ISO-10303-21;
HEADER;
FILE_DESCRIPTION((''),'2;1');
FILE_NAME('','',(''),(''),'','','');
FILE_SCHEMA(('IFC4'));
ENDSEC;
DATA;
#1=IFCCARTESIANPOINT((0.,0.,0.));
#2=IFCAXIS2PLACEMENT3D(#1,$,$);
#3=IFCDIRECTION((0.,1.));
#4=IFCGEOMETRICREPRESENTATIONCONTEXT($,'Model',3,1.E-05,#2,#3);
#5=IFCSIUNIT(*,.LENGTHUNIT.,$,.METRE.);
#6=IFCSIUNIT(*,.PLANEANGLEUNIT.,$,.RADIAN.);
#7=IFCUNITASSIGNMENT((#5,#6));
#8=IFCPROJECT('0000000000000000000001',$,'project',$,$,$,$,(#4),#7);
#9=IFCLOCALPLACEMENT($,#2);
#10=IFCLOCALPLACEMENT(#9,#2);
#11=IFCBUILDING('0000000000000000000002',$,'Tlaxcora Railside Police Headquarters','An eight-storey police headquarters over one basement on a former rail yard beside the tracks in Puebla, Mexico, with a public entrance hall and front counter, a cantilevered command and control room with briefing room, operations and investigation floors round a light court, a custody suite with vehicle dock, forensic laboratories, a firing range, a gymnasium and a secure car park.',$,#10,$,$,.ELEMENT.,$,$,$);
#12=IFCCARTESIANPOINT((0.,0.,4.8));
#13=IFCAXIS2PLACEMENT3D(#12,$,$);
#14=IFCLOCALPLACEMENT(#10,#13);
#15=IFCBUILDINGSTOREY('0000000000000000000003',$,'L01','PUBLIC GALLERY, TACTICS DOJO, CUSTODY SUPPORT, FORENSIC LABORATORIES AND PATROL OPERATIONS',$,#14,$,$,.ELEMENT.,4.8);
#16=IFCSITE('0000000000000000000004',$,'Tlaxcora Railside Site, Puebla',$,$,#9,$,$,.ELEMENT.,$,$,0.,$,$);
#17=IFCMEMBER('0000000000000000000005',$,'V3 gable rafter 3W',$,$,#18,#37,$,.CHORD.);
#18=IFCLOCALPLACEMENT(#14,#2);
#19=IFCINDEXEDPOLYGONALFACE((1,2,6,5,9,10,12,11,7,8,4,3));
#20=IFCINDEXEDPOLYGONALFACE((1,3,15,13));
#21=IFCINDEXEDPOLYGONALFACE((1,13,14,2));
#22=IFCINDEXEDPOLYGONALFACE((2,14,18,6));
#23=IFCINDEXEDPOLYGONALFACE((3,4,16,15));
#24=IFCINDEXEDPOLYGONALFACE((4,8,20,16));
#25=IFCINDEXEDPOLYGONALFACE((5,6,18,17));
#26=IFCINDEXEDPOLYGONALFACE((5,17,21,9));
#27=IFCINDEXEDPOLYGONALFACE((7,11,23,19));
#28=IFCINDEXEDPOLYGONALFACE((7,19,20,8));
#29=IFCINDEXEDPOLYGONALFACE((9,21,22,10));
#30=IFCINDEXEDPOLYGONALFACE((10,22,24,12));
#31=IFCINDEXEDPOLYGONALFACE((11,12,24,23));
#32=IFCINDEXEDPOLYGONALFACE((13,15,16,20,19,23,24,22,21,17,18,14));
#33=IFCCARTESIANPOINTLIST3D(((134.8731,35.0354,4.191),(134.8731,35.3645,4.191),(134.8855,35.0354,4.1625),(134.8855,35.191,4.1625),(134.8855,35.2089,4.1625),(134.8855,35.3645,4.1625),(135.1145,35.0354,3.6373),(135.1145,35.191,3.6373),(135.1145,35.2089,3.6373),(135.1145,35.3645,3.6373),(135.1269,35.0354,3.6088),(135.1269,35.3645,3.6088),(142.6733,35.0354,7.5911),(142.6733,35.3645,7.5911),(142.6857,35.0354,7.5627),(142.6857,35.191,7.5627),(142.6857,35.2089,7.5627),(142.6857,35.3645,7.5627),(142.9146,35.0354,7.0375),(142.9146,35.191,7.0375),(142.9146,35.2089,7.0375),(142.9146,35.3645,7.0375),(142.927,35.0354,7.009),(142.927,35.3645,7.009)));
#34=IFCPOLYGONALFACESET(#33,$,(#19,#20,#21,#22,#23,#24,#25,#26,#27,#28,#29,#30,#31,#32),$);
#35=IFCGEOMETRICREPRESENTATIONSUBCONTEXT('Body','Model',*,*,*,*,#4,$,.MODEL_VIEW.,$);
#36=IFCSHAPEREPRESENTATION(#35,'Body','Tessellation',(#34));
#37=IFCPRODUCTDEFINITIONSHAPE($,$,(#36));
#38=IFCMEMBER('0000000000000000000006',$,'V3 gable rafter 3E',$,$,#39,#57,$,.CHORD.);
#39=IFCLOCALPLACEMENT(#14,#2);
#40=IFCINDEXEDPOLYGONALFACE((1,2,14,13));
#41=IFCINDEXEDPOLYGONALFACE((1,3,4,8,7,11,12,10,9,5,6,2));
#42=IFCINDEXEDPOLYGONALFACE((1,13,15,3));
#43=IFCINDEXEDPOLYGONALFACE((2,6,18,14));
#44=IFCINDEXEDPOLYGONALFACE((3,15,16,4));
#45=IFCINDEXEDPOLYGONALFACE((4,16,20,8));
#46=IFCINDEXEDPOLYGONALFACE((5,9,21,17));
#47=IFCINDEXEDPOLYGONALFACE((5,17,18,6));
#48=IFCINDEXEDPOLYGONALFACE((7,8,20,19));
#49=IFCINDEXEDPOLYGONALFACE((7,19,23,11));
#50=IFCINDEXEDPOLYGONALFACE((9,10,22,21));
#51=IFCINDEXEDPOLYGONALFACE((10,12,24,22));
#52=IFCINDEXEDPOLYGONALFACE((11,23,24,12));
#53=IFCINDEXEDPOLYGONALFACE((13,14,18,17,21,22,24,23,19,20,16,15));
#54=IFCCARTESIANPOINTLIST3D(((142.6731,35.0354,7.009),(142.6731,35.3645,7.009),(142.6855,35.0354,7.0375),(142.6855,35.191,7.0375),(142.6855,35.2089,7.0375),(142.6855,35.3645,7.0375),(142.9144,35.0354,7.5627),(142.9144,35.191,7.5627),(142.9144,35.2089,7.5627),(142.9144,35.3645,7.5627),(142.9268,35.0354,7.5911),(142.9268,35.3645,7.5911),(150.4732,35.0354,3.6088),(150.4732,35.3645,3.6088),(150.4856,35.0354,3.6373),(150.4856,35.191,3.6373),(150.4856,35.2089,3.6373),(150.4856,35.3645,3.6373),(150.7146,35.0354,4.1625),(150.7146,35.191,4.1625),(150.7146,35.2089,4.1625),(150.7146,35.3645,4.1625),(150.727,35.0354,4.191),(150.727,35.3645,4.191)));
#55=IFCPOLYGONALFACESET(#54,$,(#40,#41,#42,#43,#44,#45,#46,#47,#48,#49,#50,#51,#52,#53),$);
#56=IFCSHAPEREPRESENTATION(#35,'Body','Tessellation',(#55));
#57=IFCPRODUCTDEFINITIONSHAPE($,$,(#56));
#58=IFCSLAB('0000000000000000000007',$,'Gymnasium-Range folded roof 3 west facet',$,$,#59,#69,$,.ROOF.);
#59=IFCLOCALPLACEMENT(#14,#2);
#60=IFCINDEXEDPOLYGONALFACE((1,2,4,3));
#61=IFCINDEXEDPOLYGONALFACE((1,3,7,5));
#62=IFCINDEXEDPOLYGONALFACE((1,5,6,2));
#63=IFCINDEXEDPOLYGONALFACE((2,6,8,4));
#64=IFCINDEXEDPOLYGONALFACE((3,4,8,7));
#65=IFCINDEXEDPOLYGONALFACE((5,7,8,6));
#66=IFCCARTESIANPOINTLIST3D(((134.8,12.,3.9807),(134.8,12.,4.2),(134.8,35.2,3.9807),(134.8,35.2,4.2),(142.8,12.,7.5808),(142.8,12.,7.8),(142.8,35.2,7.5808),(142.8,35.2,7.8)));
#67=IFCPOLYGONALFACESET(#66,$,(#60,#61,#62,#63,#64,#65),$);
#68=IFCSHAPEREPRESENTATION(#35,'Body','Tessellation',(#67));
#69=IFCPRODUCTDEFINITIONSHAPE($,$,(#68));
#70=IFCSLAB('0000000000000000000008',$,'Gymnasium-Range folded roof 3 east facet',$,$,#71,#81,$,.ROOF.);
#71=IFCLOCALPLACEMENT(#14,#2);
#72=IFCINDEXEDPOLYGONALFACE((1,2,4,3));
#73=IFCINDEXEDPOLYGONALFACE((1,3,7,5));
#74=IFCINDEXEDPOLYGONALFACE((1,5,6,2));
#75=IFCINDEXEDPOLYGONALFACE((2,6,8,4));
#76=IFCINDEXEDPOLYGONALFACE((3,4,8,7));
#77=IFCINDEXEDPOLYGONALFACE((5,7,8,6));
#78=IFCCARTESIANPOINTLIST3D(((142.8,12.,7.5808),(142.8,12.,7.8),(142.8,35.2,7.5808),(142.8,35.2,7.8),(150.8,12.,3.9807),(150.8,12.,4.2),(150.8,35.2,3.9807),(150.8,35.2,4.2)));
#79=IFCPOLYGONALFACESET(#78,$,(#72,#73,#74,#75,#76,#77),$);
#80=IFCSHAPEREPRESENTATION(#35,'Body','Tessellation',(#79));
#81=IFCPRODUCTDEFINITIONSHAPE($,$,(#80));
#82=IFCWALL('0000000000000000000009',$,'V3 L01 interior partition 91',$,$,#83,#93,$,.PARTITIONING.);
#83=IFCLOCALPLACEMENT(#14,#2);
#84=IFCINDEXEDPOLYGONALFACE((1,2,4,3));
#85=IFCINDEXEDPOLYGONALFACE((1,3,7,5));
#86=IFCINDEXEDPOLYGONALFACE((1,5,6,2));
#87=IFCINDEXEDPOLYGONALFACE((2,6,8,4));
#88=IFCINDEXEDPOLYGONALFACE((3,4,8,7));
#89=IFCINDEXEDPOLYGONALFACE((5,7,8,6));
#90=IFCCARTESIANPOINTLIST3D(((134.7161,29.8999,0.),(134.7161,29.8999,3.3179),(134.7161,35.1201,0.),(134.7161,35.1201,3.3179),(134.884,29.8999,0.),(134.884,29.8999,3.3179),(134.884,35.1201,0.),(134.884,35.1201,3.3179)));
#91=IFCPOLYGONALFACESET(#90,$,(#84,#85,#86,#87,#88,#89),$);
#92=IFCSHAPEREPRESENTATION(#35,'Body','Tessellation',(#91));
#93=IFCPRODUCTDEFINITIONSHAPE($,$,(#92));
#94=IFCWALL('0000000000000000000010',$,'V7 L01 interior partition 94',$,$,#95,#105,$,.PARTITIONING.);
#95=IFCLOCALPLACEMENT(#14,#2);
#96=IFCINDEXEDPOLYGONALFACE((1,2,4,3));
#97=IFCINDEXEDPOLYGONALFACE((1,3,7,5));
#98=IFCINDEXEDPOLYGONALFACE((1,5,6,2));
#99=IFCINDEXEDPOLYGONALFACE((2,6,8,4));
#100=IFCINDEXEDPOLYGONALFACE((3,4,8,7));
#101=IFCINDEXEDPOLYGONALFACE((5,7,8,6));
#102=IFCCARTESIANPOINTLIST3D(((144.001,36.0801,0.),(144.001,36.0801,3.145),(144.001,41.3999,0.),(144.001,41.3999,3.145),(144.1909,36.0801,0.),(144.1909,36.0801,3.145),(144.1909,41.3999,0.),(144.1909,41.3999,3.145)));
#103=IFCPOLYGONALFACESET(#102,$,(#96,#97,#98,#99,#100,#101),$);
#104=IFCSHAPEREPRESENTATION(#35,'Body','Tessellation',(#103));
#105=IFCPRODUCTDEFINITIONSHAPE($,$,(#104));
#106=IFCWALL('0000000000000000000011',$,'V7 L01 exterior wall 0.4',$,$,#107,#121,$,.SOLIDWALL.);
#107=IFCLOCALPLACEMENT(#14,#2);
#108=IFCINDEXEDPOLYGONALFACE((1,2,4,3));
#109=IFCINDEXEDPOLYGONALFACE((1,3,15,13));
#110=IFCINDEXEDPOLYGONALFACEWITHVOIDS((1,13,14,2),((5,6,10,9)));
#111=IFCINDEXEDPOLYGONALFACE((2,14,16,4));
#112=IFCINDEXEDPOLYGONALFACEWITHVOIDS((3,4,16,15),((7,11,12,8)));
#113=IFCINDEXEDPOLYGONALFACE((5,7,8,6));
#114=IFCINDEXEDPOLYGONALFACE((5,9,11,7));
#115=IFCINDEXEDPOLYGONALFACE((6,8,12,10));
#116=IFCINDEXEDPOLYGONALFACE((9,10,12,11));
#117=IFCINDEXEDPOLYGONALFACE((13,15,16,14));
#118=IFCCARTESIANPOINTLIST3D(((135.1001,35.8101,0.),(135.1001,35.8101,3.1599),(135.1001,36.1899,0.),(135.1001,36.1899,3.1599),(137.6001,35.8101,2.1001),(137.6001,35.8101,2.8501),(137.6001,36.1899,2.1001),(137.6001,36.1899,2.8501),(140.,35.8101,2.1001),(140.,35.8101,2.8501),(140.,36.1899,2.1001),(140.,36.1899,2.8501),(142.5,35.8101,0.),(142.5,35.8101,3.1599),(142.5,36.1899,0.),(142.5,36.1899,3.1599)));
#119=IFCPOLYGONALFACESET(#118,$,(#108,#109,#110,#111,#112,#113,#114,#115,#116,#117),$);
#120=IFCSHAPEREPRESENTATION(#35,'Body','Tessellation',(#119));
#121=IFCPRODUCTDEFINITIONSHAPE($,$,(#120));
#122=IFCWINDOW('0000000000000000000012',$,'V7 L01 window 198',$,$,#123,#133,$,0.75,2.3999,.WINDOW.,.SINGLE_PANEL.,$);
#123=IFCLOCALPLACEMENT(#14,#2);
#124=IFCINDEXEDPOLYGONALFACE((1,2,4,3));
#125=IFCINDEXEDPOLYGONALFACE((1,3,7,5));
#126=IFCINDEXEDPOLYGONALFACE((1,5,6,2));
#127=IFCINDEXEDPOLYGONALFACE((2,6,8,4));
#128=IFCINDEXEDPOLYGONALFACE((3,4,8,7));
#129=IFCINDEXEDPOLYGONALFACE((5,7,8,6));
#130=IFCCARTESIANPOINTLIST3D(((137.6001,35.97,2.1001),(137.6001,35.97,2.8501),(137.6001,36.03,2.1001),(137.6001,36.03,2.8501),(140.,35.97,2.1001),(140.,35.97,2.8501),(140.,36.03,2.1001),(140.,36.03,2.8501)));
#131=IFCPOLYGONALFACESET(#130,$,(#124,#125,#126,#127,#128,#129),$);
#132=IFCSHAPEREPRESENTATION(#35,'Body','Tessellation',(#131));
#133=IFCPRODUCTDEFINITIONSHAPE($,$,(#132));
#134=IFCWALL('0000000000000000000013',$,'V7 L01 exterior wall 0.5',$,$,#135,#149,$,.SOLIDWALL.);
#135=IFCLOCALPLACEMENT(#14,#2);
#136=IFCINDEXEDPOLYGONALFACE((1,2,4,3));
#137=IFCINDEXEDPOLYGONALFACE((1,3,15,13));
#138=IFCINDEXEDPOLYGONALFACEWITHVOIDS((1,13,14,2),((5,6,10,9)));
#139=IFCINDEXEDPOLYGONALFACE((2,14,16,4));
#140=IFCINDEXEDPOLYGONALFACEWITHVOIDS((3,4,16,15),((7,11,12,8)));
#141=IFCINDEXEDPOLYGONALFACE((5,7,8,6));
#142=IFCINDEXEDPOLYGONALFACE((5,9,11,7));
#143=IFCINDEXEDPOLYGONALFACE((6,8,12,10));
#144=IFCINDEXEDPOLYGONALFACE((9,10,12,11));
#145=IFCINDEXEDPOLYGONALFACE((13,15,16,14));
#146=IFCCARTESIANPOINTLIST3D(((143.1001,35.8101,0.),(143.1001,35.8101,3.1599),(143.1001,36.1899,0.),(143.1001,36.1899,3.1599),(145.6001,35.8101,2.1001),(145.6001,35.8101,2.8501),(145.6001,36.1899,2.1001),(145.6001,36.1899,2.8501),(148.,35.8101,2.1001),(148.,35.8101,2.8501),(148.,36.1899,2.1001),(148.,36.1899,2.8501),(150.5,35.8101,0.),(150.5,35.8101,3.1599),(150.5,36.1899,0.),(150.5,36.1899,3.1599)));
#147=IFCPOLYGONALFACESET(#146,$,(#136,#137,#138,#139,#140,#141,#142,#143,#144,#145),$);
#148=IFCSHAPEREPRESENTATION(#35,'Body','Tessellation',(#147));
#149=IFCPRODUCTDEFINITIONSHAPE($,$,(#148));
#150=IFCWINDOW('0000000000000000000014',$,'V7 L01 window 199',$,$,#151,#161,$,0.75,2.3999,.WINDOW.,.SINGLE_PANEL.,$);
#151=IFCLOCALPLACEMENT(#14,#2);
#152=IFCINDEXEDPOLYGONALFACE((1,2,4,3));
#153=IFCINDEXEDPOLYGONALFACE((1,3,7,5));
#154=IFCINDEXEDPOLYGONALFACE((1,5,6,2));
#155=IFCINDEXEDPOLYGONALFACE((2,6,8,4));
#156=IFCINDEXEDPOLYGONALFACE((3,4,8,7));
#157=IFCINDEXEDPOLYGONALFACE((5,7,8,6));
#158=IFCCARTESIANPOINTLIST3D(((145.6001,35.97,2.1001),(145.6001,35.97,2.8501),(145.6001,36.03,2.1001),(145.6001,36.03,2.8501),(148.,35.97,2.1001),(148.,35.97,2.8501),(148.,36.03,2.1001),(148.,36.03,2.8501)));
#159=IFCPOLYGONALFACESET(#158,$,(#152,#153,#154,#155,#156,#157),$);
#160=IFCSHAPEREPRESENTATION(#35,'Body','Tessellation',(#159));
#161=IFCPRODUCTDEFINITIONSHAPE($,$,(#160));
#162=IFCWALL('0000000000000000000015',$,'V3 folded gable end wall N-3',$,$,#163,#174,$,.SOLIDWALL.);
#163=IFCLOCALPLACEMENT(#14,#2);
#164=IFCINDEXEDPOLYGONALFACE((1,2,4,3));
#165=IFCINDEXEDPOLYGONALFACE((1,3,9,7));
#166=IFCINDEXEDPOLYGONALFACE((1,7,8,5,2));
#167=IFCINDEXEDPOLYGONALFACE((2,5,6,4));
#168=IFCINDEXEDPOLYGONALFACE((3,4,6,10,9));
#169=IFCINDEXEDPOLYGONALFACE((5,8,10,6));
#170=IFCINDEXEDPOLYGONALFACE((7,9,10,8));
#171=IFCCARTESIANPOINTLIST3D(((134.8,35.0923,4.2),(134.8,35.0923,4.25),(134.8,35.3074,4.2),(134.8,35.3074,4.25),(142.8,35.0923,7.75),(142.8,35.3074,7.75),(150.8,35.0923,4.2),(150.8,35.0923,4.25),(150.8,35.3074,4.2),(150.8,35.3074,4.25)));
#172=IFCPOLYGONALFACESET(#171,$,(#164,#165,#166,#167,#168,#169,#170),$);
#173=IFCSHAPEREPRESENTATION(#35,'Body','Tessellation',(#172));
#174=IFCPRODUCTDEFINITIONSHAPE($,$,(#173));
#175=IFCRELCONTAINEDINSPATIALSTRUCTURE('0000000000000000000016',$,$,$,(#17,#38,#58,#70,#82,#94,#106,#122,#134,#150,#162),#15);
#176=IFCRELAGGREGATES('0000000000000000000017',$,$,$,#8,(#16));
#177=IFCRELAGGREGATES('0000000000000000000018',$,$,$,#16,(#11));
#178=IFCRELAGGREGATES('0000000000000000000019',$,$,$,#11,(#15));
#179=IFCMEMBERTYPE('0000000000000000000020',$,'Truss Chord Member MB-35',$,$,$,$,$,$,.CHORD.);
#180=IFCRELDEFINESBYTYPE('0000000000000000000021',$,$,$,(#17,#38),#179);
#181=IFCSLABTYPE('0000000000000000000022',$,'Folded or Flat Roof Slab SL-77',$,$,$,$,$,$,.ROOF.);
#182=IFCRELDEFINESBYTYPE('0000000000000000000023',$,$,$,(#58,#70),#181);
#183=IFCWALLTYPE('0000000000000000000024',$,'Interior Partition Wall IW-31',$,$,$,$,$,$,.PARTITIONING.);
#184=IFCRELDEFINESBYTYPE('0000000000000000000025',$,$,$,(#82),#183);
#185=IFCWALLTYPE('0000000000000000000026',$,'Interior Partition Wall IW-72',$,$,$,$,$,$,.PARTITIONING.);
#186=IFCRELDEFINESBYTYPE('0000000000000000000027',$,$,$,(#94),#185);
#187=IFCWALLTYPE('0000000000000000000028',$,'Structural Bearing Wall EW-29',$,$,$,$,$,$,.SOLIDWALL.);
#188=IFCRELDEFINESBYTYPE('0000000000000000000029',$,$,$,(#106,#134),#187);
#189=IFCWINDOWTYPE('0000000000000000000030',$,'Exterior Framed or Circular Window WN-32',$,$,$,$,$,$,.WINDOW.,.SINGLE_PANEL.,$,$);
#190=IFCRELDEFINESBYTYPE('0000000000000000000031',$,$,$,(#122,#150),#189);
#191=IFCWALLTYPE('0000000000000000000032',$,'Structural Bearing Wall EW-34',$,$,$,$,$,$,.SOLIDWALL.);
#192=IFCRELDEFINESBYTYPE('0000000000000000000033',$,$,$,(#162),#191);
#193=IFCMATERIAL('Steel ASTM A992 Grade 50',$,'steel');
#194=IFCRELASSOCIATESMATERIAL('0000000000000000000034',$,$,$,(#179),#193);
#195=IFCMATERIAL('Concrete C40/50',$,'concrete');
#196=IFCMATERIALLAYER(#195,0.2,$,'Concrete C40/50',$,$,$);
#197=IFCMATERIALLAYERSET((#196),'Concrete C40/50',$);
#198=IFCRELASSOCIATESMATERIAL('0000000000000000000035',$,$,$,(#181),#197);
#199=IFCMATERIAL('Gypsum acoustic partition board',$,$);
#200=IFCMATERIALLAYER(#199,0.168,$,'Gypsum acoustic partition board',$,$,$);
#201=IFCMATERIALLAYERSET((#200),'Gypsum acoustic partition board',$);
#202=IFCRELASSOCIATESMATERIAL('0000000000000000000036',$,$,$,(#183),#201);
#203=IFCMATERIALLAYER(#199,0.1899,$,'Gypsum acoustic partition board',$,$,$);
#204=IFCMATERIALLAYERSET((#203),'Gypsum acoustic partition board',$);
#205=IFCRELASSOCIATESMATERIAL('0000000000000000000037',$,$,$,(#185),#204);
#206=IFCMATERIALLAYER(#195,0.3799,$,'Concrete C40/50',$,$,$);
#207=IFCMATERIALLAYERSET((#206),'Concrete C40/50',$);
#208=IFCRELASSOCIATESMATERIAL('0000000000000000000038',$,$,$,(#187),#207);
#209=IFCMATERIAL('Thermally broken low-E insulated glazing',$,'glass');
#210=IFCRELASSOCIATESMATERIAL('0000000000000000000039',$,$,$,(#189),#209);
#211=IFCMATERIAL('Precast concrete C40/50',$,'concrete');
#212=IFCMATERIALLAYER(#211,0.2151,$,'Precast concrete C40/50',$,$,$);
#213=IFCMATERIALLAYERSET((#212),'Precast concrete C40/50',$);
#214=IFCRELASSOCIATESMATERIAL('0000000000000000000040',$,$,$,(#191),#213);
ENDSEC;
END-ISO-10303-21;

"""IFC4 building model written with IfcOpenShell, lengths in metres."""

from ifc_helpers import new_model, si_unit, direction, frame, frame_2d, origin, origin_2d, place, context, subcontext, project, spatial, polyline, rectangle, i_section, outline, extrude, material, layer, layer_set, material_profile, profile_set, type_object, element, fill, save


model = new_model("IFC4")

# Units and contexts
model_context = context("Model", 3, precision=1e-05, world=origin(), true_north=direction((0.0, 1.0)))
body_context = subcontext(model_context, "Body", "Model", "MODEL_VIEW")
ifc_project = project(units=[si_unit("LENGTHUNIT", "METRE"), si_unit("PLANEANGLEUNIT", "RADIAN")], contexts=[model_context])

# Site, building, storey
site_placement = place(None, origin())
site = spatial("IfcSite", under=ifc_project, at=site_placement, Name="Tlaxcora Railside Site, Puebla", CompositionType="ELEMENT", RefElevation=0.0)
building_placement = place(site_placement, origin())
building = spatial("IfcBuilding", under=site, at=building_placement, Name="Tlaxcora Railside Police Headquarters", Description="An eight-storey police headquarters over one basement on a former rail yard beside the tracks in Puebla, Mexico, with a public entrance hall and front counter, a cantilevered command and control room with briefing room, operations and investigation floors round a light court, a custody suite with vehicle dock, forensic laboratories, a firing range, a gymnasium and a secure car park.", CompositionType="ELEMENT")
storey_placement = place(building_placement, frame((0.0, 0.0, 4.8)))
storey = spatial("IfcBuildingStorey", under=building, at=storey_placement, Name="L01", Description="PUBLIC GALLERY, TACTICS DOJO, CUSTODY SUPPORT, FORENSIC LABORATORIES AND PATROL OPERATIONS", CompositionType="ELEMENT", Elevation=4.8)

# Shared definitions
ifc_material_1 = material(Name="Concrete C40/50", Category="concrete")

# Shared definitions
ifc_material_2 = material(Name="Steel ASTM A992 Grade 50", Category="steel")

# Members
ifc_material_profile_1 = material_profile(ifc_material_2, i_section(OverallWidth=0.3291, OverallDepth=0.635, WebThickness=0.0178, FlangeThickness=0.031, at=origin_2d()), Name="W24X162")
ifc_profile_set_1 = profile_set([ifc_material_profile_1], Name="Steel ASTM A992 Grade 50")
member_type = type_object("IfcMemberType", Name="Truss Chord Member MB-35", PredefinedType="CHORD", material=ifc_profile_set_1)
for number, where, z_axis, x_axis, name in (
    (1, (135.0, 35.2, 3.8999), (0.916691, 0.0, 0.399598), (0.0, 1.0, 0.0), "V3 gable rafter 3W"),
    (2, (150.6001, 35.2, 3.8999), (-0.916691, 0.0, 0.399598), (0.0, -1.0, 0.0), "V3 gable rafter 3E"),
):
    element("IfcMember", number, at=place(storey_placement, frame(where, z_axis=z_axis, x_axis=x_axis)), inside=storey, type_object=member_type, Name=name, PredefinedType="CHORD", context=body_context, shape_type="SweptSolid", body=[
        extrude(i_section(OverallWidth=0.3291, OverallDepth=0.635, WebThickness=0.0178, FlangeThickness=0.031, at=origin_2d()), origin(), (0.0, 0.0, 1.0), 8.509),
    ])

# Slabs
ifc_layer_1 = layer(ifc_material_1, 0.2, Name="Concrete C40/50")
ifc_layer_set_1 = layer_set([ifc_layer_1], Name="Concrete C40/50")
slab_type = type_object("IfcSlabType", Name="Folded or Flat Roof Slab SL-77", PredefinedType="ROOF", material=ifc_layer_set_1)
slab_1_placement = place(storey_placement, frame((134.8, 35.2, 0.0), z_axis=(0.0, -1.0, 0.0), x_axis=(1.0, 0.0, 0.0)))
element("IfcSlab", 3, at=slab_1_placement, inside=storey, type_object=slab_type, Name="Gymnasium-Range folded roof 3 west facet", PredefinedType="ROOF", context=body_context, shape_type="SweptSolid", body=[
    extrude(outline(polyline([(0.0, 3.9807), (8.0, 7.5808), (8.0, 7.8), (0.0, 4.2), (0.0, 3.9807)])), origin(), (0.0, 0.0, 1.0), 23.2),
])
slab_2_placement = place(storey_placement, frame((142.8, 35.2, 0.0), z_axis=(0.0, -1.0, 0.0), x_axis=(1.0, 0.0, 0.0)))
element("IfcSlab", 4, at=slab_2_placement, inside=storey, type_object=slab_type, Name="Gymnasium-Range folded roof 3 east facet", PredefinedType="ROOF", context=body_context, shape_type="SweptSolid", body=[
    extrude(outline(polyline([(0.0, 7.5808), (8.0, 3.9807), (8.0, 4.2), (0.0, 7.8), (0.0, 7.5808)])), origin(), (0.0, 0.0, 1.0), 23.2),
])

# Walls
ifc_material_3 = material(Name="Gypsum acoustic partition board")
ifc_layer_2 = layer(ifc_material_3, 0.168, Name="Gypsum acoustic partition board")
ifc_layer_set_2 = layer_set([ifc_layer_2], Name="Gypsum acoustic partition board")
wall_type_1 = type_object("IfcWallType", Name="Interior Partition Wall IW-31", PredefinedType="PARTITIONING", material=ifc_layer_set_2)
wall_1_placement = place(storey_placement, frame((134.8, 29.8999, 0.0), z_axis=(0.0, 0.0, 1.0), x_axis=(0.0, 1.0, 0.0)))
element("IfcWall", 5, at=wall_1_placement, inside=storey, type_object=wall_type_1, Name="V3 L01 interior partition 91", PredefinedType="PARTITIONING", context=body_context, shape_type="SweptSolid", body=[
    extrude(rectangle(XDim=5.2202, YDim=0.168, at=frame_2d((2.6101, 0.0))), origin(), (0.0, 0.0, 1.0), 3.3179),
])
ifc_layer_3 = layer(ifc_material_3, 0.1899, Name="Gypsum acoustic partition board")
ifc_layer_set_3 = layer_set([ifc_layer_3], Name="Gypsum acoustic partition board")
wall_type_2 = type_object("IfcWallType", Name="Interior Partition Wall IW-72", PredefinedType="PARTITIONING", material=ifc_layer_set_3)
wall_2_placement = place(storey_placement, frame((144.0959, 36.0801, 0.0), z_axis=(0.0, 0.0, 1.0), x_axis=(0.0, 1.0, 0.0)))
element("IfcWall", 6, at=wall_2_placement, inside=storey, type_object=wall_type_2, Name="V7 L01 interior partition 94", PredefinedType="PARTITIONING", context=body_context, shape_type="SweptSolid", body=[
    extrude(rectangle(XDim=5.3198, YDim=0.1899, at=frame_2d((2.6599, 0.0))), origin(), (0.0, 0.0, 1.0), 3.145),
])

# Walls, openings, windows
ifc_layer_4 = layer(ifc_material_1, 0.3799, Name="Concrete C40/50")
ifc_layer_set_4 = layer_set([ifc_layer_4], Name="Concrete C40/50")
wall_type_3 = type_object("IfcWallType", Name="Structural Bearing Wall EW-29", PredefinedType="SOLIDWALL", material=ifc_layer_set_4)
wall_3_placement = place(storey_placement, frame((135.1001, 36.0, 0.0), z_axis=(0.0, 0.0, 1.0), x_axis=(1.0, 0.0, 0.0)))
wall_3 = element("IfcWall", 7, at=wall_3_placement, inside=storey, type_object=wall_type_3, Name="V7 L01 exterior wall 0.4", PredefinedType="SOLIDWALL", context=body_context, shape_type="SweptSolid", body=[
    extrude(rectangle(XDim=7.3999, YDim=0.3799, at=frame_2d((3.7, 0.0))), origin(), (0.0, 0.0, 1.0), 3.1599),
])
opening_1_placement = place(wall_3_placement, frame((2.5, 0.0, 2.1001)))
opening_1 = element("IfcOpeningElement", 8, at=opening_1_placement, cuts=wall_3, PredefinedType="OPENING", context=body_context, shape_type="SweptSolid", body=[
    extrude(rectangle(XDim=2.3999, YDim=0.75, at=frame_2d((1.2, 0.375))), frame((0.0, 0.2, 0.0), z_axis=(0.0, -1.0, 0.0), x_axis=(1.0, 0.0, 0.0)), (0.0, 0.0, 1.0), 0.3999),
])
ifc_material_4 = material(Name="Thermally broken low-E insulated glazing", Category="glass")
window_type_1 = type_object("IfcWindowType", Name="Exterior Framed or Circular Window WN-32", PartitioningType="SINGLE_PANEL", PredefinedType="WINDOW", material=ifc_material_4)
window_1_placement = place(opening_1_placement, origin())
window_1 = element("IfcWindow", 9, at=window_1_placement, inside=storey, type_object=window_type_1, Name="V7 L01 window 198", OverallHeight=0.75, OverallWidth=2.3999, PartitioningType="SINGLE_PANEL", PredefinedType="WINDOW", context=body_context, shape_type="SweptSolid", body=[
    extrude(rectangle(XDim=2.3999, YDim=0.75, at=frame_2d((1.2, 0.375))), frame((0.0, 0.03, 0.0), z_axis=(0.0, -1.0, 0.0), x_axis=(1.0, 0.0, 0.0)), (0.0, 0.0, 1.0), 0.0601),
])
fill(opening_1, window_1)
wall_4_placement = place(storey_placement, frame((143.1001, 36.0, 0.0), z_axis=(0.0, 0.0, 1.0), x_axis=(1.0, 0.0, 0.0)))
wall_4 = element("IfcWall", 10, at=wall_4_placement, inside=storey, type_object=wall_type_3, Name="V7 L01 exterior wall 0.5", PredefinedType="SOLIDWALL", context=body_context, shape_type="SweptSolid", body=[
    extrude(rectangle(XDim=7.3999, YDim=0.3799, at=frame_2d((3.7, 0.0))), origin(), (0.0, 0.0, 1.0), 3.1599),
])
opening_2_placement = place(wall_4_placement, frame((2.5, 0.0, 2.1001)))
opening_2 = element("IfcOpeningElement", 11, at=opening_2_placement, cuts=wall_4, PredefinedType="OPENING", context=body_context, shape_type="SweptSolid", body=[
    extrude(rectangle(XDim=2.3999, YDim=0.75, at=frame_2d((1.2, 0.375))), frame((0.0, 0.2, 0.0), z_axis=(0.0, -1.0, 0.0), x_axis=(1.0, 0.0, 0.0)), (0.0, 0.0, 1.0), 0.3999),
])
window_2_placement = place(opening_2_placement, origin())
window_2 = element("IfcWindow", 12, at=window_2_placement, inside=storey, type_object=window_type_1, Name="V7 L01 window 199", OverallHeight=0.75, OverallWidth=2.3999, PartitioningType="SINGLE_PANEL", PredefinedType="WINDOW", context=body_context, shape_type="SweptSolid", body=[
    extrude(rectangle(XDim=2.3999, YDim=0.75, at=frame_2d((1.2, 0.375))), frame((0.0, 0.03, 0.0), z_axis=(0.0, -1.0, 0.0), x_axis=(1.0, 0.0, 0.0)), (0.0, 0.0, 1.0), 0.0601),
])
fill(opening_2, window_2)

# Wall
ifc_material_5 = material(Name="Precast concrete C40/50", Category="concrete")
ifc_layer_5 = layer(ifc_material_5, 0.2151, Name="Precast concrete C40/50")
ifc_layer_set_5 = layer_set([ifc_layer_5], Name="Precast concrete C40/50")
wall_type_4 = type_object("IfcWallType", Name="Structural Bearing Wall EW-34", PredefinedType="SOLIDWALL", material=ifc_layer_set_5)
wall_5_placement = place(storey_placement, frame((134.8, 35.2, 4.2), z_axis=(0.0, 0.0, 1.0), x_axis=(1.0, 0.0, 0.0)))
element("IfcWall", 13, at=wall_5_placement, inside=storey, type_object=wall_type_4, Name="V3 folded gable end wall N-3", PredefinedType="SOLIDWALL", context=body_context, shape_type="SweptSolid", body=[
    extrude(outline(polyline([(0.0, 0.0), (16.0, 0.0), (16.0, 0.05), (8.0, 3.55), (0.0, 0.05), (0.0, 0.0)])), frame((0.0, 0.1074, 0.0), z_axis=(0.0, -1.0, 0.0), x_axis=(1.0, 0.0, 0.0)), (0.0, 0.0, 1.0), 0.2151),
])

save(model, "model.ifc")
